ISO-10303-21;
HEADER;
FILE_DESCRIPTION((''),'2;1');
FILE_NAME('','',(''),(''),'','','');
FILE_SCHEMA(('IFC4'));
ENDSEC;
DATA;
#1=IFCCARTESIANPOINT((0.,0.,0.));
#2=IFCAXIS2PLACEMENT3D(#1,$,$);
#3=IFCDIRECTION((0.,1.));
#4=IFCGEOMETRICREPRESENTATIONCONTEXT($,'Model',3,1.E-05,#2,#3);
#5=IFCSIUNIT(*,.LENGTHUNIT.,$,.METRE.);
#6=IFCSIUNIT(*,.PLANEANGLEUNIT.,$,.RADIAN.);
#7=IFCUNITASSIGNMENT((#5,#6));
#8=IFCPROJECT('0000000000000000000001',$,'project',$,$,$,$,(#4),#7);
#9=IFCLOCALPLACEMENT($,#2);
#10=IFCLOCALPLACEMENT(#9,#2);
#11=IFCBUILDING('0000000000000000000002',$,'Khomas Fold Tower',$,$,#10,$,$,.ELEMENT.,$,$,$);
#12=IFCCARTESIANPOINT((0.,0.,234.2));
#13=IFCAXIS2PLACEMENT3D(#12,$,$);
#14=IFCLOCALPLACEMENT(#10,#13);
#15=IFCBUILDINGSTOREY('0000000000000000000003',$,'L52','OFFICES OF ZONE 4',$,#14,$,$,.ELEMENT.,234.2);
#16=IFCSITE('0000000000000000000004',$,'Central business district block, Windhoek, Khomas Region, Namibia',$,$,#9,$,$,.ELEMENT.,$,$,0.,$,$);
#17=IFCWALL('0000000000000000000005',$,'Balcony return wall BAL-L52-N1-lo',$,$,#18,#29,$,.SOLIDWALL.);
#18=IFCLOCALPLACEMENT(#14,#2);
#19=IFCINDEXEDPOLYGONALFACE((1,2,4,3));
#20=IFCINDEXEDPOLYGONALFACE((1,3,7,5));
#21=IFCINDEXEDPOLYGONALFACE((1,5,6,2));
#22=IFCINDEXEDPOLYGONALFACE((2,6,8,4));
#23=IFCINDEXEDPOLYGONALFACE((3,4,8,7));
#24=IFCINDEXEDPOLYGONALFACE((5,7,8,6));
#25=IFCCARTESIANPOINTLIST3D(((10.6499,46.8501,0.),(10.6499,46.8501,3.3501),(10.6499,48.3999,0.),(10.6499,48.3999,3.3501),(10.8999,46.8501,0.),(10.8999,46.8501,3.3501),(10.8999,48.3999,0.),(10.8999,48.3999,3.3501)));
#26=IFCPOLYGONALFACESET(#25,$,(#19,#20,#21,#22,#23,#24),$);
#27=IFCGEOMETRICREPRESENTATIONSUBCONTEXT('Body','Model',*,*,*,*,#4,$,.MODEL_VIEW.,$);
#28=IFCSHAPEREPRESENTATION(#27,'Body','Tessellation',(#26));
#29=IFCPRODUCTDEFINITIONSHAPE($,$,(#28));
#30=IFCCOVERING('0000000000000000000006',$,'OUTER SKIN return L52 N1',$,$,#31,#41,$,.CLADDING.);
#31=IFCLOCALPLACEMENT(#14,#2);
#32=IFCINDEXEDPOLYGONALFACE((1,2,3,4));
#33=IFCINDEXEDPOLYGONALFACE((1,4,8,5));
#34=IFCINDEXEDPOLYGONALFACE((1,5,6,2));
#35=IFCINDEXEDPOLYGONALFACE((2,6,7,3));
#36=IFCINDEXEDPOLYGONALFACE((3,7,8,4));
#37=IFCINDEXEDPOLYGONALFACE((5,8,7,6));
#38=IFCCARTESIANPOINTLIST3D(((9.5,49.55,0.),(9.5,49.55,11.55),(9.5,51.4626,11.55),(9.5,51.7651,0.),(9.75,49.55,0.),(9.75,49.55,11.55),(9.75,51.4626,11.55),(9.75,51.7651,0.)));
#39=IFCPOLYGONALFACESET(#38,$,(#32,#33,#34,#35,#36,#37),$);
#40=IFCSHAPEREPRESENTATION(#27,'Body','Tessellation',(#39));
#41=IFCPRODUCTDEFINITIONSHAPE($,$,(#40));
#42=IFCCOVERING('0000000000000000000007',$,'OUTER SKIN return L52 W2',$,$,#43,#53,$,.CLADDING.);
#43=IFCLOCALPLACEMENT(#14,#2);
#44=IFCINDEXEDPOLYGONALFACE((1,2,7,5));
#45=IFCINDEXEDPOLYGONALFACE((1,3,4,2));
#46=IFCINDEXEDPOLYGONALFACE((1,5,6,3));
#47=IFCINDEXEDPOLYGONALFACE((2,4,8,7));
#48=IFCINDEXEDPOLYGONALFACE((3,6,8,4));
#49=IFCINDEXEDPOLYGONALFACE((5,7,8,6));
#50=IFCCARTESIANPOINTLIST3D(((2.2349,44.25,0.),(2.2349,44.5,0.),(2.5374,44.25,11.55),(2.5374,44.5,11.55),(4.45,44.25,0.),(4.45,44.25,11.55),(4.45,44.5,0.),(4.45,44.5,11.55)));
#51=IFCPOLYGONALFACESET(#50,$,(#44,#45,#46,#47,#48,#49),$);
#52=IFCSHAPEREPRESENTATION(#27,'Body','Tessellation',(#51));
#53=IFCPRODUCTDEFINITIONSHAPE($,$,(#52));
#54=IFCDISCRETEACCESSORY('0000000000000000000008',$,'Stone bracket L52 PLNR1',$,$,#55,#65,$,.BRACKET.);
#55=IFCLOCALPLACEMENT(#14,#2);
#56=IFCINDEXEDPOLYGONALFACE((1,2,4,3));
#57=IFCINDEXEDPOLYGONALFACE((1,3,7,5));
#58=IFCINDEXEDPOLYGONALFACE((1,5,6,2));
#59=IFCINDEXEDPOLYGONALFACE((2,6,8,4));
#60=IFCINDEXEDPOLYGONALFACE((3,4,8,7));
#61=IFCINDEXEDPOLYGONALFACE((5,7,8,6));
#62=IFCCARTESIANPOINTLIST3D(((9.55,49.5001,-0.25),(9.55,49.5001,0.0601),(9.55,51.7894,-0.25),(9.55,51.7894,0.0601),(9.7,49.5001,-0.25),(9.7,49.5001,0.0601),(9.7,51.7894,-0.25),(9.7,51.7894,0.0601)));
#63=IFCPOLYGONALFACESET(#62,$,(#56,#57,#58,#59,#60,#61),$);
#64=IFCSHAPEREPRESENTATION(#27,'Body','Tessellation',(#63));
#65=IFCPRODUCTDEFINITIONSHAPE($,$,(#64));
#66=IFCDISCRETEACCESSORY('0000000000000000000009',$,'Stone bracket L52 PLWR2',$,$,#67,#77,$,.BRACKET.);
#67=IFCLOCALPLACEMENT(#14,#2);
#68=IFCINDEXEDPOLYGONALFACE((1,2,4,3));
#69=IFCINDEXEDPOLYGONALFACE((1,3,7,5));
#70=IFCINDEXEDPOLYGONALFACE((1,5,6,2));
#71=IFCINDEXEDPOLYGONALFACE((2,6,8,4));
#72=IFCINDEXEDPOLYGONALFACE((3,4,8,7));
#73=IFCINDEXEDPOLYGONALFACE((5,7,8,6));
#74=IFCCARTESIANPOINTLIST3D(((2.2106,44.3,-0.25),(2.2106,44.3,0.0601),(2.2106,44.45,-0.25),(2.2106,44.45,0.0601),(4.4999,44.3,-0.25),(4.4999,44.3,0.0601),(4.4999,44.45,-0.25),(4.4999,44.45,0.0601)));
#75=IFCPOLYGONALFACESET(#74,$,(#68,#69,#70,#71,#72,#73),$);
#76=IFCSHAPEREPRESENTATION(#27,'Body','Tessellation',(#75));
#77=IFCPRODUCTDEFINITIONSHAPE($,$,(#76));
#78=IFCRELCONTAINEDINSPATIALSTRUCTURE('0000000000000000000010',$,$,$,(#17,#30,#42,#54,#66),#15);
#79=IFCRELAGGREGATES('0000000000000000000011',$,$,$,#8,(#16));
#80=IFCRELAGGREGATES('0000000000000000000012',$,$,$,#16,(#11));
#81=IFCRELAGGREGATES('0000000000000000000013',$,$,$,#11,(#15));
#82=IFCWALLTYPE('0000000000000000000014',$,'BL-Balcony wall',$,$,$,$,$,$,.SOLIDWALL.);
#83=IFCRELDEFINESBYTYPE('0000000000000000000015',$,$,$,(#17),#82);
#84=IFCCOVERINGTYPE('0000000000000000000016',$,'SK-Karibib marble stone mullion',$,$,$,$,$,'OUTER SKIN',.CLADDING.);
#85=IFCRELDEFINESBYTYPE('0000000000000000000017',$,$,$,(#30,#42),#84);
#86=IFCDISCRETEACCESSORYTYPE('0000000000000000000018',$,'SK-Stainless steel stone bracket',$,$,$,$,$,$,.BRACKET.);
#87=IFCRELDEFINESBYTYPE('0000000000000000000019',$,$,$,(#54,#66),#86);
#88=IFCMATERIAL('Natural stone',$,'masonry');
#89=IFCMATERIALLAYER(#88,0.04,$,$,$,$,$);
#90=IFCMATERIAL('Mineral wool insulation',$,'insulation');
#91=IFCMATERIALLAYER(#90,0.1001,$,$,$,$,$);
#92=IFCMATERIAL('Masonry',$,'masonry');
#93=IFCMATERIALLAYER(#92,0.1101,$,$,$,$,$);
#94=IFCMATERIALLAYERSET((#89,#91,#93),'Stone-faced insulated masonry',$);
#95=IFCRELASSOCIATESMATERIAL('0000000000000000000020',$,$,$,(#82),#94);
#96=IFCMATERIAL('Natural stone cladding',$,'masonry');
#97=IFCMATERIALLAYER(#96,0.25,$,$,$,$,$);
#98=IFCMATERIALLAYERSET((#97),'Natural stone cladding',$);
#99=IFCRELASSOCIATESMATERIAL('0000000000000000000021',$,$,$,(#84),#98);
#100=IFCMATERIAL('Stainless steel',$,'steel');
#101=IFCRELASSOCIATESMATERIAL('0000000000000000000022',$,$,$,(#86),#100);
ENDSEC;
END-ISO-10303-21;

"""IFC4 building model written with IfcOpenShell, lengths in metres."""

from ifc_helpers import new_model, si_unit, direction, frame, frame_2d, origin, origin_2d, place, context, subcontext, project, spatial, polyline, rectangle, outline, extrude, source, transform, mapped, material, layer, layer_set, type_object, element, save


model = new_model("IFC4")

# Units and contexts
model_context = context("Model", 3, precision=1e-05, world=origin(), true_north=direction((0.0, 1.0)))
body_context = subcontext(model_context, "Body", "Model", "MODEL_VIEW")
ifc_project = project(units=[si_unit("LENGTHUNIT", "METRE"), si_unit("PLANEANGLEUNIT", "RADIAN")], contexts=[model_context])

# Site, building, storey
site_placement = place(None, origin())
site = spatial("IfcSite", under=ifc_project, at=site_placement, Name="Central business district block, Windhoek, Khomas Region, Namibia", CompositionType="ELEMENT", RefElevation=0.0)
building_placement = place(site_placement, origin())
building = spatial("IfcBuilding", under=site, at=building_placement, Name="Khomas Fold Tower", CompositionType="ELEMENT")
storey_placement = place(building_placement, frame((0.0, 0.0, 234.2)))
storey = spatial("IfcBuildingStorey", under=building, at=storey_placement, Name="L52", Description="OFFICES OF ZONE 4", CompositionType="ELEMENT", Elevation=234.2)

# Shared definitions
ifc_material_1 = material(Name="Natural stone", Category="masonry")
ifc_layer_1 = layer(ifc_material_1, 0.04)
ifc_material_2 = material(Name="Mineral wool insulation", Category="insulation")
ifc_layer_2 = layer(ifc_material_2, 0.1001)
ifc_material_3 = material(Name="Masonry", Category="masonry")
ifc_layer_3 = layer(ifc_material_3, 0.1101)
ifc_layer_set_1 = layer_set([ifc_layer_1, ifc_layer_2, ifc_layer_3], Name="Stone-faced insulated masonry")
wall_type = type_object("IfcWallType", Name="BL-Balcony wall", PredefinedType="SOLIDWALL", material=ifc_layer_set_1)

# Wall
shared_shape_1 = source(origin(), body_context, "Body", "SweptSolid", [
    extrude(rectangle(XDim=1.5498, YDim=0.25, at=frame_2d((0.7749, 0.0))), origin(), (0.0, 0.0, 1.0), 3.3501),
])
wall_1_placement = place(storey_placement, frame((10.7749, 48.3999, 0.0), z_axis=(0.0, 0.0, 1.0), x_axis=(0.0, -1.0, 0.0)))
element("IfcWall", 1, at=wall_1_placement, inside=storey, type_object=wall_type, Name="Balcony return wall BAL-L52-N1-lo", PredefinedType="SOLIDWALL", context=body_context, shape_type="MappedRepresentation", body=[
    mapped(shared_shape_1, transform((0.0, 0.0, 0.0))),
])

# Coverings
ifc_material_4 = material(Name="Natural stone cladding", Category="masonry")
ifc_layer_4 = layer(ifc_material_4, 0.25)
ifc_layer_set_2 = layer_set([ifc_layer_4], Name="Natural stone cladding")
covering_type = type_object("IfcCoveringType", Name="SK-Karibib marble stone mullion", ElementType="OUTER SKIN", PredefinedType="CLADDING", material=ifc_layer_set_2)
covering_1_placement = place(storey_placement, frame((9.5, 49.55, 11.55), z_axis=(-1.0, 0.0, 0.0), x_axis=(0.0, 1.0, 0.0)))
element("IfcCovering", 2, at=covering_1_placement, inside=storey, type_object=covering_type, Name="OUTER SKIN return L52 N1", PredefinedType="CLADDING", context=body_context, shape_type="SweptSolid", body=[
    extrude(outline(polyline([(0.0, 0.0), (1.9126, 0.0), (2.2151, 11.55), (0.0, 11.55), (0.0, 0.0)])), origin(), (0.0, 0.0, -1.0), 0.25),
])
covering_2_placement = place(storey_placement, frame((4.45, 44.5, 0.0), z_axis=(0.0, 1.0, 0.0), x_axis=(-1.0, 0.0, 0.0)))
element("IfcCovering", 3, at=covering_2_placement, inside=storey, type_object=covering_type, Name="OUTER SKIN return L52 W2", PredefinedType="CLADDING", context=body_context, shape_type="SweptSolid", body=[
    extrude(outline(polyline([(0.0, 0.0), (2.2151, 0.0), (1.9126, 11.55), (0.0, 11.55), (0.0, 0.0)])), origin(), (0.0, 0.0, -1.0), 0.25),
])

# Discrete accessories
ifc_material_5 = material(Name="Stainless steel", Category="steel")
discrete_accessory_type = type_object("IfcDiscreteAccessoryType", Name="SK-Stainless steel stone bracket", PredefinedType="BRACKET", material=ifc_material_5)
shared_shape_2 = source(origin(), body_context, "Body", "SweptSolid", [
    extrude(rectangle(XDim=2.2893, YDim=0.1499, at=origin_2d()), origin(), (0.0, 0.0, 1.0), 0.3101),
])
for number, where, z_axis, x_axis, name in (
    (4, (9.625, 50.6448, -0.25), (0.0, 0.0, 1.0), (0.0, 1.0, 0.0), "Stone bracket L52 PLNR1"),
    (5, (3.3552, 44.375, -0.25), (0.0, 0.0, 1.0), (-1.0, 0.0, 0.0), "Stone bracket L52 PLWR2"),
):
    element("IfcDiscreteAccessory", number, at=place(storey_placement, frame(where, z_axis=z_axis, x_axis=x_axis)), inside=storey, type_object=discrete_accessory_type, Name=name, PredefinedType="BRACKET", context=body_context, shape_type="MappedRepresentation", body=[
        mapped(shared_shape_2, transform((0.0, 0.0, 0.0))),
    ])

save(model, "model.ifc")
